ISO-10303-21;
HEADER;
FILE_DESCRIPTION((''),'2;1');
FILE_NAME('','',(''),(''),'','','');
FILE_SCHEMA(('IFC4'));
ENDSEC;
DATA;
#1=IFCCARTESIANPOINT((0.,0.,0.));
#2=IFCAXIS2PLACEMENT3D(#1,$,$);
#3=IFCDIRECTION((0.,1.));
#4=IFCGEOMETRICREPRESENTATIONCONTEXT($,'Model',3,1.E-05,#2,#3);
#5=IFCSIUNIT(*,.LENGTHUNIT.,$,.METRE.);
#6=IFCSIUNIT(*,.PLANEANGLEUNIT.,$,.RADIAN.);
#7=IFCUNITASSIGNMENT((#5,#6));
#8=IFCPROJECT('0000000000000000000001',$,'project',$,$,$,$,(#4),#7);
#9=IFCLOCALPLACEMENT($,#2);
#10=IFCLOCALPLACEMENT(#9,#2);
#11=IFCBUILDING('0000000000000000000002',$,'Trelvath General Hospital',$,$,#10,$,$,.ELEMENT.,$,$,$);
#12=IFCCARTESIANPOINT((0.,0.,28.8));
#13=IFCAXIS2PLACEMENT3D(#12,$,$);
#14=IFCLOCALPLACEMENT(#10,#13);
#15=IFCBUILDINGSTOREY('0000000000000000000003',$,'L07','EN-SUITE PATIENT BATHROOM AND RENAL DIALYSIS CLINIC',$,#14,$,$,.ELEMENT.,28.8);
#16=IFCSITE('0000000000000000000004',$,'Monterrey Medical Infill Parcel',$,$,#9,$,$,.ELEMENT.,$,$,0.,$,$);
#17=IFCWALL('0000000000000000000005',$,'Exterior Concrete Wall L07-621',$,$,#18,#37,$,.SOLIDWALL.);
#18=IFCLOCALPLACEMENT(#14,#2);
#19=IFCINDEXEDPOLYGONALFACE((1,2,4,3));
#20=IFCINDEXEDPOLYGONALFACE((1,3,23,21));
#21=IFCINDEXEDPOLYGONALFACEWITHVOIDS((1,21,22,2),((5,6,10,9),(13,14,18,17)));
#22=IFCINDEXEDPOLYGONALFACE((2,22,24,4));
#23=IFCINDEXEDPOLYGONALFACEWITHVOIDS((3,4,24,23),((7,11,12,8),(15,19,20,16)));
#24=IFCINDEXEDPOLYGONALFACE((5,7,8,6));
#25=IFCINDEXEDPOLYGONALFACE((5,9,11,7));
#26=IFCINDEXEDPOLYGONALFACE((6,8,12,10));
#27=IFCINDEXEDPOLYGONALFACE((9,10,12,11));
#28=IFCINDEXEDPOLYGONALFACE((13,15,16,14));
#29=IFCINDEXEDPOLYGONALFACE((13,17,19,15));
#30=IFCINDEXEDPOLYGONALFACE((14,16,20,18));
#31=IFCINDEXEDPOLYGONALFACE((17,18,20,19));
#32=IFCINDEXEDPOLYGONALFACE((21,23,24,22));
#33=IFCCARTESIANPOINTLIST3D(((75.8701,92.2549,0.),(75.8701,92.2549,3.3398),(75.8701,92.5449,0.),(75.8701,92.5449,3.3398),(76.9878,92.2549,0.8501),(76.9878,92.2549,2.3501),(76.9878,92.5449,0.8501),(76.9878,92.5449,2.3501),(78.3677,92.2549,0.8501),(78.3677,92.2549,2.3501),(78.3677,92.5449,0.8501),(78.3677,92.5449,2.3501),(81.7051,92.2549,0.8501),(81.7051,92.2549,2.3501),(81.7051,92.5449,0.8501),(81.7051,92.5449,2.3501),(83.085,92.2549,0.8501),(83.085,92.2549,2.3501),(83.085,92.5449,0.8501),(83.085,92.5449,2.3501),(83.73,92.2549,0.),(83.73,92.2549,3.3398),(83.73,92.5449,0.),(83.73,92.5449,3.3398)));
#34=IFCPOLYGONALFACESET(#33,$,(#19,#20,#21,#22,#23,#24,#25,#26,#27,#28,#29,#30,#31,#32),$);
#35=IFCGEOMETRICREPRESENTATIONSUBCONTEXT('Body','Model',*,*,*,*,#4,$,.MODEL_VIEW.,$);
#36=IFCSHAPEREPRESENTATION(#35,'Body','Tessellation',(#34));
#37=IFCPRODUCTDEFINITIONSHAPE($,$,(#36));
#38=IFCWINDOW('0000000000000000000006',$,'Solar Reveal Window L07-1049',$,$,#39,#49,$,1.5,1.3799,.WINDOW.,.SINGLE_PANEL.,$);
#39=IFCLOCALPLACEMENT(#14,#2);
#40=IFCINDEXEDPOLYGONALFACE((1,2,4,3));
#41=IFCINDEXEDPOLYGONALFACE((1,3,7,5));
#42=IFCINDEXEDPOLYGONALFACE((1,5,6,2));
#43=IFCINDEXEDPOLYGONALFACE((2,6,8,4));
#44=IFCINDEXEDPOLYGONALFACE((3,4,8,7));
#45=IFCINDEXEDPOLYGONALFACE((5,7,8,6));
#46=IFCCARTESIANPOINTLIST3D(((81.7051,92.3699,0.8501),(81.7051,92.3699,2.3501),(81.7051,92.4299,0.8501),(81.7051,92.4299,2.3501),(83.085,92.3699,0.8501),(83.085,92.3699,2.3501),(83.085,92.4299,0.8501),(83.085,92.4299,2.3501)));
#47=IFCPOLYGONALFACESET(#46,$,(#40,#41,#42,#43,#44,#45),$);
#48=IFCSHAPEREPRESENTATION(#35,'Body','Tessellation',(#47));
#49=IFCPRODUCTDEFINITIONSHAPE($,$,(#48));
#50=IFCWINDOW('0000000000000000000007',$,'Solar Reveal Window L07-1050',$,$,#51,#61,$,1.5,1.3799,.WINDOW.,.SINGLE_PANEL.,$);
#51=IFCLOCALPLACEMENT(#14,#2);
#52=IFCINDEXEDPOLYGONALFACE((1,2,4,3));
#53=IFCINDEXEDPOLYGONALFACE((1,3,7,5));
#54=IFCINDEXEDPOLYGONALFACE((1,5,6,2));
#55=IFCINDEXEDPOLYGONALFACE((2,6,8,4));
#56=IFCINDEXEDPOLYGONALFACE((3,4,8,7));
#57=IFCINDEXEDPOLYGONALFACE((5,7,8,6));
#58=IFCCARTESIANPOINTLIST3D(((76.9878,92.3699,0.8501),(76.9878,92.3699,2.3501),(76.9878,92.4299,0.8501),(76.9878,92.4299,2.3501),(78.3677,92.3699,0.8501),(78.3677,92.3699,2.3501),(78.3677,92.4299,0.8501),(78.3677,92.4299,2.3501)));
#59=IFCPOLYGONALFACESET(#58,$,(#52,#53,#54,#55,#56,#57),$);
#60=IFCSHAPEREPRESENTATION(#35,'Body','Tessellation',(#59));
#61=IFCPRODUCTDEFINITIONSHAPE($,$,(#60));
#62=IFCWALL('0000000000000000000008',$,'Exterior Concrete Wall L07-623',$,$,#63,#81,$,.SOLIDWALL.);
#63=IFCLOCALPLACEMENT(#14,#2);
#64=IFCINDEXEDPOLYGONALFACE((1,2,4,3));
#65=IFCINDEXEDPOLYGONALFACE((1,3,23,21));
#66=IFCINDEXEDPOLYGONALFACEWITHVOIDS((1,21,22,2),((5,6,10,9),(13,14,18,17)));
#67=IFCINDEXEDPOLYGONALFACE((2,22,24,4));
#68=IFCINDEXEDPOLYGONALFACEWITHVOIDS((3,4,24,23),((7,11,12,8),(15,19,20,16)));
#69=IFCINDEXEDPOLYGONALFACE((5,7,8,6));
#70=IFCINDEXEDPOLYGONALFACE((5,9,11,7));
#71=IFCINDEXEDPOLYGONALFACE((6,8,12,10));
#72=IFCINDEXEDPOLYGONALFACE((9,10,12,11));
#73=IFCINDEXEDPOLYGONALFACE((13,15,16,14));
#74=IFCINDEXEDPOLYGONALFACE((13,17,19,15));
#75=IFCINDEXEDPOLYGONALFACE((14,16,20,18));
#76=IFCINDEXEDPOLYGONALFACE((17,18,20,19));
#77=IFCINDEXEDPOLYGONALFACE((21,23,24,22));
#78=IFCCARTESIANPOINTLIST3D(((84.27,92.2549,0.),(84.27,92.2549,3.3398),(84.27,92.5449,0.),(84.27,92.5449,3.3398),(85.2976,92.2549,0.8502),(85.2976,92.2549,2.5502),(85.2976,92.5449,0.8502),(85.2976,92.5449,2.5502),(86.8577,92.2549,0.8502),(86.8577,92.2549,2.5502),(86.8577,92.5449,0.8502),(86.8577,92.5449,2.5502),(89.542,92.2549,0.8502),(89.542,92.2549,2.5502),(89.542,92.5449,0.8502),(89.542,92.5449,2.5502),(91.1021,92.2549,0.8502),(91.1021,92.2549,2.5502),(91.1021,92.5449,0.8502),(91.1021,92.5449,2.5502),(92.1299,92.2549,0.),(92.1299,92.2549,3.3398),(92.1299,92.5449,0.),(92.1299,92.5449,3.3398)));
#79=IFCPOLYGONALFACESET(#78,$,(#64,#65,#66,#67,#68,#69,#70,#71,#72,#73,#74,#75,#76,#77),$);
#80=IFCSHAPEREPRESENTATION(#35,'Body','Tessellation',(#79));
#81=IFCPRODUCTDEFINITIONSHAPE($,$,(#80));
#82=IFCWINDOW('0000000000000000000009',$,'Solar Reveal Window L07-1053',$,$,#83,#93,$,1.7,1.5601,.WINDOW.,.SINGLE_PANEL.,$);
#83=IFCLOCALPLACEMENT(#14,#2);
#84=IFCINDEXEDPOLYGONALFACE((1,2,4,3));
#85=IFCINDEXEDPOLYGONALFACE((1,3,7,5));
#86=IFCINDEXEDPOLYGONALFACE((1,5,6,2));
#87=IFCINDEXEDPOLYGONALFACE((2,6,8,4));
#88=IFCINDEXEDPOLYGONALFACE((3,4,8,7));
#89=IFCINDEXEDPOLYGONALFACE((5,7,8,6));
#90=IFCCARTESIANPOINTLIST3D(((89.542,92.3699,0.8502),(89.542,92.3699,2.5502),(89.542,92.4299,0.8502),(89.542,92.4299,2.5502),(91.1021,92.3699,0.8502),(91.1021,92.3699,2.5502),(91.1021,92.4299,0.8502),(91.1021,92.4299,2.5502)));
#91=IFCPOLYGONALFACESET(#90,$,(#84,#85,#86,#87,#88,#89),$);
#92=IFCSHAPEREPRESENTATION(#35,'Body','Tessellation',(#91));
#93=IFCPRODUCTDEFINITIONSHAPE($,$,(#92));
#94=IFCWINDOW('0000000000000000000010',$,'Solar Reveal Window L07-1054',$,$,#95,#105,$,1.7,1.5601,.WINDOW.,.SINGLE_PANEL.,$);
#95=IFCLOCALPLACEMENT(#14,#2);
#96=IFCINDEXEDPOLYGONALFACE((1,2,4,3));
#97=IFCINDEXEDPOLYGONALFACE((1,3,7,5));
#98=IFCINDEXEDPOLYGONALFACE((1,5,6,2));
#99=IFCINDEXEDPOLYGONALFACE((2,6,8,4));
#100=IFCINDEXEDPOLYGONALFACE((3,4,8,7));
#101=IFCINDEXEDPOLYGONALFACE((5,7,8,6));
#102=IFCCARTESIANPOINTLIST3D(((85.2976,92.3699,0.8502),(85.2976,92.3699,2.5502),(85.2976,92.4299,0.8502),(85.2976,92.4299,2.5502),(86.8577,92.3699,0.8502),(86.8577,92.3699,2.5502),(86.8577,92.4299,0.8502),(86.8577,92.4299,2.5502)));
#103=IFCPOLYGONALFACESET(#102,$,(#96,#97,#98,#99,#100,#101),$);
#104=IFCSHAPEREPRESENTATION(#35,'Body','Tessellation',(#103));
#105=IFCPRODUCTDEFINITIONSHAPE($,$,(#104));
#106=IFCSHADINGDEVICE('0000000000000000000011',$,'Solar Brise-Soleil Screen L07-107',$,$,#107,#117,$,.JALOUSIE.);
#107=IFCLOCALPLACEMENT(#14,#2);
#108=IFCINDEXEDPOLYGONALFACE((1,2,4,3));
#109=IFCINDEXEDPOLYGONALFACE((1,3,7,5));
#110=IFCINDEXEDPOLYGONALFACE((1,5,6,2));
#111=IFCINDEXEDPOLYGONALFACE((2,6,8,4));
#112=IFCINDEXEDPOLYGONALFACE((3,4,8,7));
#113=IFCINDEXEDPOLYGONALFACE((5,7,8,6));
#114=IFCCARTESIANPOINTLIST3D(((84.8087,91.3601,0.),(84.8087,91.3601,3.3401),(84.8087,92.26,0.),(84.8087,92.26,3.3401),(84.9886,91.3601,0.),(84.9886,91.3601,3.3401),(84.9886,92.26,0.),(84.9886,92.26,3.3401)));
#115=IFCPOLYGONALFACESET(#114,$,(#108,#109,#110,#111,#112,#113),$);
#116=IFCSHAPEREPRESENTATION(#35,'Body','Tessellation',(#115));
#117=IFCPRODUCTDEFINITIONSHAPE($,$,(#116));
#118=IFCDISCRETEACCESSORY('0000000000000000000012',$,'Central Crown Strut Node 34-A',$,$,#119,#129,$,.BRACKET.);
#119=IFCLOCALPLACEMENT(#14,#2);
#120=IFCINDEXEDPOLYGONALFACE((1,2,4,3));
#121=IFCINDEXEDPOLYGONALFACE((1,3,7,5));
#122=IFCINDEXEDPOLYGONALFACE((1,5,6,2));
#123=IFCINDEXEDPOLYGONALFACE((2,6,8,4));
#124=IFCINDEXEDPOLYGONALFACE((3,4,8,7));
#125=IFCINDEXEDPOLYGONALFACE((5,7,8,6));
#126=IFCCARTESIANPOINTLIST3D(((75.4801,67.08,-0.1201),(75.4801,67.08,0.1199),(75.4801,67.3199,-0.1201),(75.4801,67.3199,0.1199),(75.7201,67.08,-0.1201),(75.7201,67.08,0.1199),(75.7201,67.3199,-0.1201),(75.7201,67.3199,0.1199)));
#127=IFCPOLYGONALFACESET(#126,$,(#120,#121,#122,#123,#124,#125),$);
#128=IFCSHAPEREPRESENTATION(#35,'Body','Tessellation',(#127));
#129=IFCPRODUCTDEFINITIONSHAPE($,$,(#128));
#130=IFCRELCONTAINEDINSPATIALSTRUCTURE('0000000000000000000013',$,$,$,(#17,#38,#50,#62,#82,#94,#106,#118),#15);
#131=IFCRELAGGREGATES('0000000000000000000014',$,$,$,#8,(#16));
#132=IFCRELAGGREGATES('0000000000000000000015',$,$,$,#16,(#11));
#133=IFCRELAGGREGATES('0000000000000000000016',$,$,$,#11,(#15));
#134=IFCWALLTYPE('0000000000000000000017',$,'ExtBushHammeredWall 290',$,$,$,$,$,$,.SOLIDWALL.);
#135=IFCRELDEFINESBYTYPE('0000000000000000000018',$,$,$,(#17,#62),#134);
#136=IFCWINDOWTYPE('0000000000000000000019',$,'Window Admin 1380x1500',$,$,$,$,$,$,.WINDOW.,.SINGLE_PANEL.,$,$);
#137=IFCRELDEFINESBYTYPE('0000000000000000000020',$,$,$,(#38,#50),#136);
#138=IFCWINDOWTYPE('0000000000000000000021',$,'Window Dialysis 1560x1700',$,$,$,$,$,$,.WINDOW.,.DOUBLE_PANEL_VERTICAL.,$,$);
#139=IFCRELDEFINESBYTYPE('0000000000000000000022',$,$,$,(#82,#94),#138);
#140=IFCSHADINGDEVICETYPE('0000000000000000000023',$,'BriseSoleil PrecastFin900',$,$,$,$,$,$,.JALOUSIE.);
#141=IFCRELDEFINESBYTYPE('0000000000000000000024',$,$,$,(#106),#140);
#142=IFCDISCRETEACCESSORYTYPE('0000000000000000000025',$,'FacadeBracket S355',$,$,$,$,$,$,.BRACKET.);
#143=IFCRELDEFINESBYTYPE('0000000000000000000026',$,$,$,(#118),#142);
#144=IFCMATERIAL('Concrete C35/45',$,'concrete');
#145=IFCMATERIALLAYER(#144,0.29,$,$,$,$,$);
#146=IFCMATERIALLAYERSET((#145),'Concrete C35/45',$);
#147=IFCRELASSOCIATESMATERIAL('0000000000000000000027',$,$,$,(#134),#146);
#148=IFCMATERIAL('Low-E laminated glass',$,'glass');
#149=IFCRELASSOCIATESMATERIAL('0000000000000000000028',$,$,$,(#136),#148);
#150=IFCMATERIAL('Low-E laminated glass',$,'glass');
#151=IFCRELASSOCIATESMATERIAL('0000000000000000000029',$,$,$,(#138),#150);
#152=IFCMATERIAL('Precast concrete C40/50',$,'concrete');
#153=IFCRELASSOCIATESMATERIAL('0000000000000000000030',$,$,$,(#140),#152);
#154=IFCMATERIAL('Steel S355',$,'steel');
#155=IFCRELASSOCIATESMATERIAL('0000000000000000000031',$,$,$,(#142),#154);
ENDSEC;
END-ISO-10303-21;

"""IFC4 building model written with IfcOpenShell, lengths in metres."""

from ifc_helpers import new_model, si_unit, direction, frame, frame_2d, origin, origin_2d, place, context, subcontext, project, spatial, rectangle, extrude, material, layer, layer_set, type_object, element, fill, save


model = new_model("IFC4")

# Units and contexts
model_context = context("Model", 3, precision=1e-05, world=origin(), true_north=direction((0.0, 1.0)))
body_context = subcontext(model_context, "Body", "Model", "MODEL_VIEW")
ifc_project = project(units=[si_unit("LENGTHUNIT", "METRE"), si_unit("PLANEANGLEUNIT", "RADIAN")], contexts=[model_context])

# Site, building, storey
site_placement = place(None, origin())
site = spatial("IfcSite", under=ifc_project, at=site_placement, Name="Monterrey Medical Infill Parcel", CompositionType="ELEMENT", RefElevation=0.0)
building_placement = place(site_placement, origin())
building = spatial("IfcBuilding", under=site, at=building_placement, Name="Trelvath General Hospital", CompositionType="ELEMENT")
storey_placement = place(building_placement, frame((0.0, 0.0, 28.8)))
storey = spatial("IfcBuildingStorey", under=building, at=storey_placement, Name="L07", Description="EN-SUITE PATIENT BATHROOM AND RENAL DIALYSIS CLINIC", CompositionType="ELEMENT", Elevation=28.8)

# Walls, openings, windows
ifc_material_1 = material(Name="Concrete C35/45", Category="concrete")
ifc_layer_1 = layer(ifc_material_1, 0.29)
ifc_layer_set_1 = layer_set([ifc_layer_1], Name="Concrete C35/45")
wall_type_1 = type_object("IfcWallType", Name="ExtBushHammeredWall 290", PredefinedType="SOLIDWALL", material=ifc_layer_set_1)
wall_1_placement = place(storey_placement, frame((83.73, 92.3999, 0.0), z_axis=(0.0, 0.0, 1.0), x_axis=(-1.0, 0.0, 0.0)))
wall_1 = element("IfcWall", 1, at=wall_1_placement, inside=storey, type_object=wall_type_1, Name="Exterior Concrete Wall L07-621", PredefinedType="SOLIDWALL", context=body_context, shape_type="SweptSolid", body=[
    extrude(rectangle(XDim=7.8599, YDim=0.29, at=frame_2d((3.9299, 0.0))), origin(), (0.0, 0.0, 1.0), 3.3398),
])
opening_1_placement = place(wall_1_placement, frame((0.645, 0.0, 0.8501)))
opening_1 = element("IfcOpeningElement", 2, at=opening_1_placement, cuts=wall_1, PredefinedType="OPENING", context=body_context, shape_type="SweptSolid", body=[
    extrude(rectangle(XDim=1.3799, YDim=1.5, at=frame_2d((0.6899, 0.75))), frame((0.0, 0.155, 0.0), z_axis=(0.0, -1.0, 0.0), x_axis=(1.0, 0.0, 0.0)), (0.0, 0.0, 1.0), 0.3101),
])
opening_2_placement = place(wall_1_placement, frame((5.3623, 0.0, 0.8501)))
opening_2 = element("IfcOpeningElement", 3, at=opening_2_placement, cuts=wall_1, PredefinedType="OPENING", context=body_context, shape_type="SweptSolid", body=[
    extrude(rectangle(XDim=1.3799, YDim=1.5, at=frame_2d((0.6899, 0.75))), frame((0.0, 0.155, 0.0), z_axis=(0.0, -1.0, 0.0), x_axis=(1.0, 0.0, 0.0)), (0.0, 0.0, 1.0), 0.3101),
])
ifc_material_2 = material(Name="Low-E laminated glass", Category="glass")
window_type_1 = type_object("IfcWindowType", Name="Window Admin 1380x1500", PartitioningType="SINGLE_PANEL", PredefinedType="WINDOW", material=ifc_material_2)
window_1_placement = place(opening_1_placement, origin())
window_1 = element("IfcWindow", 4, at=window_1_placement, inside=storey, type_object=window_type_1, Name="Solar Reveal Window L07-1049", OverallHeight=1.5, OverallWidth=1.3799, PartitioningType="SINGLE_PANEL", PredefinedType="WINDOW", context=body_context, shape_type="SweptSolid", body=[
    extrude(rectangle(XDim=1.3799, YDim=1.5, at=frame_2d((0.6899, 0.75))), frame((0.0, 0.03, 0.0), z_axis=(0.0, -1.0, 0.0), x_axis=(1.0, 0.0, 0.0)), (0.0, 0.0, 1.0), 0.0601),
])
fill(opening_1, window_1)
window_2_placement = place(opening_2_placement, origin())
window_2 = element("IfcWindow", 5, at=window_2_placement, inside=storey, type_object=window_type_1, Name="Solar Reveal Window L07-1050", OverallHeight=1.5, OverallWidth=1.3799, PartitioningType="SINGLE_PANEL", PredefinedType="WINDOW", context=body_context, shape_type="SweptSolid", body=[
    extrude(rectangle(XDim=1.3799, YDim=1.5, at=frame_2d((0.6899, 0.75))), frame((0.0, 0.03, 0.0), z_axis=(0.0, -1.0, 0.0), x_axis=(1.0, 0.0, 0.0)), (0.0, 0.0, 1.0), 0.0601),
])
fill(opening_2, window_2)
wall_2_placement = place(storey_placement, frame((92.1299, 92.3999, 0.0), z_axis=(0.0, 0.0, 1.0), x_axis=(-1.0, 0.0, 0.0)))
wall_2 = element("IfcWall", 6, at=wall_2_placement, inside=storey, type_object=wall_type_1, Name="Exterior Concrete Wall L07-623", PredefinedType="SOLIDWALL", context=body_context, shape_type="SweptSolid", body=[
    extrude(rectangle(XDim=7.8599, YDim=0.29, at=frame_2d((3.9299, 0.0))), origin(), (0.0, 0.0, 1.0), 3.3398),
])
opening_3_placement = place(wall_2_placement, frame((1.0278, 0.0, 0.8501)))
opening_3 = element("IfcOpeningElement", 7, at=opening_3_placement, cuts=wall_2, PredefinedType="OPENING", context=body_context, shape_type="SweptSolid", body=[
    extrude(rectangle(XDim=1.5601, YDim=1.7, at=frame_2d((0.78, 0.8501))), frame((0.0, 0.155, 0.0), z_axis=(0.0, -1.0, 0.0), x_axis=(1.0, 0.0, 0.0)), (0.0, 0.0, 1.0), 0.3101),
])
opening_4_placement = place(wall_2_placement, frame((5.2722, 0.0, 0.8501)))
opening_4 = element("IfcOpeningElement", 8, at=opening_4_placement, cuts=wall_2, PredefinedType="OPENING", context=body_context, shape_type="SweptSolid", body=[
    extrude(rectangle(XDim=1.5601, YDim=1.7, at=frame_2d((0.78, 0.8501))), frame((0.0, 0.155, 0.0), z_axis=(0.0, -1.0, 0.0), x_axis=(1.0, 0.0, 0.0)), (0.0, 0.0, 1.0), 0.3101),
])
ifc_material_3 = material(Name="Low-E laminated glass", Category="glass")
window_type_2 = type_object("IfcWindowType", Name="Window Dialysis 1560x1700", PartitioningType="DOUBLE_PANEL_VERTICAL", PredefinedType="WINDOW", material=ifc_material_3)
window_3_placement = place(opening_3_placement, origin())
window_3 = element("IfcWindow", 9, at=window_3_placement, inside=storey, type_object=window_type_2, Name="Solar Reveal Window L07-1053", OverallHeight=1.7, OverallWidth=1.5601, PartitioningType="SINGLE_PANEL", PredefinedType="WINDOW", context=body_context, shape_type="SweptSolid", body=[
    extrude(rectangle(XDim=1.5601, YDim=1.7, at=frame_2d((0.78, 0.8501))), frame((0.0, 0.03, 0.0), z_axis=(0.0, -1.0, 0.0), x_axis=(1.0, 0.0, 0.0)), (0.0, 0.0, 1.0), 0.0601),
])
fill(opening_3, window_3)
window_4_placement = place(opening_4_placement, origin())
window_4 = element("IfcWindow", 10, at=window_4_placement, inside=storey, type_object=window_type_2, Name="Solar Reveal Window L07-1054", OverallHeight=1.7, OverallWidth=1.5601, PartitioningType="SINGLE_PANEL", PredefinedType="WINDOW", context=body_context, shape_type="SweptSolid", body=[
    extrude(rectangle(XDim=1.5601, YDim=1.7, at=frame_2d((0.78, 0.8501))), frame((0.0, 0.03, 0.0), z_axis=(0.0, -1.0, 0.0), x_axis=(1.0, 0.0, 0.0)), (0.0, 0.0, 1.0), 0.0601),
])
fill(opening_4, window_4)

# Shading device
ifc_material_4 = material(Name="Precast concrete C40/50", Category="concrete")
shading_device_type = type_object("IfcShadingDeviceType", Name="BriseSoleil PrecastFin900", PredefinedType="JALOUSIE", material=ifc_material_4)
shading_device_placement = place(storey_placement, frame((84.8987, 91.8101, 0.0), z_axis=(0.0, 0.0, 1.0), x_axis=(0.0, -1.0, 0.0)))
element("IfcShadingDevice", 11, at=shading_device_placement, inside=storey, type_object=shading_device_type, Name="Solar Brise-Soleil Screen L07-107", PredefinedType="JALOUSIE", context=body_context, shape_type="SweptSolid", body=[
    extrude(rectangle(XDim=0.8999, YDim=0.1799, at=origin_2d()), origin(), (0.0, 0.0, 1.0), 3.3401),
])

# Discrete accessory
ifc_material_5 = material(Name="Steel S355", Category="steel")
discrete_accessory_type = type_object("IfcDiscreteAccessoryType", Name="FacadeBracket S355", PredefinedType="BRACKET", material=ifc_material_5)
discrete_accessory_placement = place(storey_placement, frame((75.6001, 67.2, -0.1201), z_axis=(0.0, 0.0, 1.0), x_axis=(1.0, 0.0, 0.0)))
element("IfcDiscreteAccessory", 12, at=discrete_accessory_placement, inside=storey, type_object=discrete_accessory_type, Name="Central Crown Strut Node 34-A", PredefinedType="BRACKET", context=body_context, shape_type="SweptSolid", body=[
    extrude(rectangle(XDim=0.24, YDim=0.24, at=origin_2d()), origin(), (0.0, 0.0, 1.0), 0.24),
])

save(model, "model.ifc")
